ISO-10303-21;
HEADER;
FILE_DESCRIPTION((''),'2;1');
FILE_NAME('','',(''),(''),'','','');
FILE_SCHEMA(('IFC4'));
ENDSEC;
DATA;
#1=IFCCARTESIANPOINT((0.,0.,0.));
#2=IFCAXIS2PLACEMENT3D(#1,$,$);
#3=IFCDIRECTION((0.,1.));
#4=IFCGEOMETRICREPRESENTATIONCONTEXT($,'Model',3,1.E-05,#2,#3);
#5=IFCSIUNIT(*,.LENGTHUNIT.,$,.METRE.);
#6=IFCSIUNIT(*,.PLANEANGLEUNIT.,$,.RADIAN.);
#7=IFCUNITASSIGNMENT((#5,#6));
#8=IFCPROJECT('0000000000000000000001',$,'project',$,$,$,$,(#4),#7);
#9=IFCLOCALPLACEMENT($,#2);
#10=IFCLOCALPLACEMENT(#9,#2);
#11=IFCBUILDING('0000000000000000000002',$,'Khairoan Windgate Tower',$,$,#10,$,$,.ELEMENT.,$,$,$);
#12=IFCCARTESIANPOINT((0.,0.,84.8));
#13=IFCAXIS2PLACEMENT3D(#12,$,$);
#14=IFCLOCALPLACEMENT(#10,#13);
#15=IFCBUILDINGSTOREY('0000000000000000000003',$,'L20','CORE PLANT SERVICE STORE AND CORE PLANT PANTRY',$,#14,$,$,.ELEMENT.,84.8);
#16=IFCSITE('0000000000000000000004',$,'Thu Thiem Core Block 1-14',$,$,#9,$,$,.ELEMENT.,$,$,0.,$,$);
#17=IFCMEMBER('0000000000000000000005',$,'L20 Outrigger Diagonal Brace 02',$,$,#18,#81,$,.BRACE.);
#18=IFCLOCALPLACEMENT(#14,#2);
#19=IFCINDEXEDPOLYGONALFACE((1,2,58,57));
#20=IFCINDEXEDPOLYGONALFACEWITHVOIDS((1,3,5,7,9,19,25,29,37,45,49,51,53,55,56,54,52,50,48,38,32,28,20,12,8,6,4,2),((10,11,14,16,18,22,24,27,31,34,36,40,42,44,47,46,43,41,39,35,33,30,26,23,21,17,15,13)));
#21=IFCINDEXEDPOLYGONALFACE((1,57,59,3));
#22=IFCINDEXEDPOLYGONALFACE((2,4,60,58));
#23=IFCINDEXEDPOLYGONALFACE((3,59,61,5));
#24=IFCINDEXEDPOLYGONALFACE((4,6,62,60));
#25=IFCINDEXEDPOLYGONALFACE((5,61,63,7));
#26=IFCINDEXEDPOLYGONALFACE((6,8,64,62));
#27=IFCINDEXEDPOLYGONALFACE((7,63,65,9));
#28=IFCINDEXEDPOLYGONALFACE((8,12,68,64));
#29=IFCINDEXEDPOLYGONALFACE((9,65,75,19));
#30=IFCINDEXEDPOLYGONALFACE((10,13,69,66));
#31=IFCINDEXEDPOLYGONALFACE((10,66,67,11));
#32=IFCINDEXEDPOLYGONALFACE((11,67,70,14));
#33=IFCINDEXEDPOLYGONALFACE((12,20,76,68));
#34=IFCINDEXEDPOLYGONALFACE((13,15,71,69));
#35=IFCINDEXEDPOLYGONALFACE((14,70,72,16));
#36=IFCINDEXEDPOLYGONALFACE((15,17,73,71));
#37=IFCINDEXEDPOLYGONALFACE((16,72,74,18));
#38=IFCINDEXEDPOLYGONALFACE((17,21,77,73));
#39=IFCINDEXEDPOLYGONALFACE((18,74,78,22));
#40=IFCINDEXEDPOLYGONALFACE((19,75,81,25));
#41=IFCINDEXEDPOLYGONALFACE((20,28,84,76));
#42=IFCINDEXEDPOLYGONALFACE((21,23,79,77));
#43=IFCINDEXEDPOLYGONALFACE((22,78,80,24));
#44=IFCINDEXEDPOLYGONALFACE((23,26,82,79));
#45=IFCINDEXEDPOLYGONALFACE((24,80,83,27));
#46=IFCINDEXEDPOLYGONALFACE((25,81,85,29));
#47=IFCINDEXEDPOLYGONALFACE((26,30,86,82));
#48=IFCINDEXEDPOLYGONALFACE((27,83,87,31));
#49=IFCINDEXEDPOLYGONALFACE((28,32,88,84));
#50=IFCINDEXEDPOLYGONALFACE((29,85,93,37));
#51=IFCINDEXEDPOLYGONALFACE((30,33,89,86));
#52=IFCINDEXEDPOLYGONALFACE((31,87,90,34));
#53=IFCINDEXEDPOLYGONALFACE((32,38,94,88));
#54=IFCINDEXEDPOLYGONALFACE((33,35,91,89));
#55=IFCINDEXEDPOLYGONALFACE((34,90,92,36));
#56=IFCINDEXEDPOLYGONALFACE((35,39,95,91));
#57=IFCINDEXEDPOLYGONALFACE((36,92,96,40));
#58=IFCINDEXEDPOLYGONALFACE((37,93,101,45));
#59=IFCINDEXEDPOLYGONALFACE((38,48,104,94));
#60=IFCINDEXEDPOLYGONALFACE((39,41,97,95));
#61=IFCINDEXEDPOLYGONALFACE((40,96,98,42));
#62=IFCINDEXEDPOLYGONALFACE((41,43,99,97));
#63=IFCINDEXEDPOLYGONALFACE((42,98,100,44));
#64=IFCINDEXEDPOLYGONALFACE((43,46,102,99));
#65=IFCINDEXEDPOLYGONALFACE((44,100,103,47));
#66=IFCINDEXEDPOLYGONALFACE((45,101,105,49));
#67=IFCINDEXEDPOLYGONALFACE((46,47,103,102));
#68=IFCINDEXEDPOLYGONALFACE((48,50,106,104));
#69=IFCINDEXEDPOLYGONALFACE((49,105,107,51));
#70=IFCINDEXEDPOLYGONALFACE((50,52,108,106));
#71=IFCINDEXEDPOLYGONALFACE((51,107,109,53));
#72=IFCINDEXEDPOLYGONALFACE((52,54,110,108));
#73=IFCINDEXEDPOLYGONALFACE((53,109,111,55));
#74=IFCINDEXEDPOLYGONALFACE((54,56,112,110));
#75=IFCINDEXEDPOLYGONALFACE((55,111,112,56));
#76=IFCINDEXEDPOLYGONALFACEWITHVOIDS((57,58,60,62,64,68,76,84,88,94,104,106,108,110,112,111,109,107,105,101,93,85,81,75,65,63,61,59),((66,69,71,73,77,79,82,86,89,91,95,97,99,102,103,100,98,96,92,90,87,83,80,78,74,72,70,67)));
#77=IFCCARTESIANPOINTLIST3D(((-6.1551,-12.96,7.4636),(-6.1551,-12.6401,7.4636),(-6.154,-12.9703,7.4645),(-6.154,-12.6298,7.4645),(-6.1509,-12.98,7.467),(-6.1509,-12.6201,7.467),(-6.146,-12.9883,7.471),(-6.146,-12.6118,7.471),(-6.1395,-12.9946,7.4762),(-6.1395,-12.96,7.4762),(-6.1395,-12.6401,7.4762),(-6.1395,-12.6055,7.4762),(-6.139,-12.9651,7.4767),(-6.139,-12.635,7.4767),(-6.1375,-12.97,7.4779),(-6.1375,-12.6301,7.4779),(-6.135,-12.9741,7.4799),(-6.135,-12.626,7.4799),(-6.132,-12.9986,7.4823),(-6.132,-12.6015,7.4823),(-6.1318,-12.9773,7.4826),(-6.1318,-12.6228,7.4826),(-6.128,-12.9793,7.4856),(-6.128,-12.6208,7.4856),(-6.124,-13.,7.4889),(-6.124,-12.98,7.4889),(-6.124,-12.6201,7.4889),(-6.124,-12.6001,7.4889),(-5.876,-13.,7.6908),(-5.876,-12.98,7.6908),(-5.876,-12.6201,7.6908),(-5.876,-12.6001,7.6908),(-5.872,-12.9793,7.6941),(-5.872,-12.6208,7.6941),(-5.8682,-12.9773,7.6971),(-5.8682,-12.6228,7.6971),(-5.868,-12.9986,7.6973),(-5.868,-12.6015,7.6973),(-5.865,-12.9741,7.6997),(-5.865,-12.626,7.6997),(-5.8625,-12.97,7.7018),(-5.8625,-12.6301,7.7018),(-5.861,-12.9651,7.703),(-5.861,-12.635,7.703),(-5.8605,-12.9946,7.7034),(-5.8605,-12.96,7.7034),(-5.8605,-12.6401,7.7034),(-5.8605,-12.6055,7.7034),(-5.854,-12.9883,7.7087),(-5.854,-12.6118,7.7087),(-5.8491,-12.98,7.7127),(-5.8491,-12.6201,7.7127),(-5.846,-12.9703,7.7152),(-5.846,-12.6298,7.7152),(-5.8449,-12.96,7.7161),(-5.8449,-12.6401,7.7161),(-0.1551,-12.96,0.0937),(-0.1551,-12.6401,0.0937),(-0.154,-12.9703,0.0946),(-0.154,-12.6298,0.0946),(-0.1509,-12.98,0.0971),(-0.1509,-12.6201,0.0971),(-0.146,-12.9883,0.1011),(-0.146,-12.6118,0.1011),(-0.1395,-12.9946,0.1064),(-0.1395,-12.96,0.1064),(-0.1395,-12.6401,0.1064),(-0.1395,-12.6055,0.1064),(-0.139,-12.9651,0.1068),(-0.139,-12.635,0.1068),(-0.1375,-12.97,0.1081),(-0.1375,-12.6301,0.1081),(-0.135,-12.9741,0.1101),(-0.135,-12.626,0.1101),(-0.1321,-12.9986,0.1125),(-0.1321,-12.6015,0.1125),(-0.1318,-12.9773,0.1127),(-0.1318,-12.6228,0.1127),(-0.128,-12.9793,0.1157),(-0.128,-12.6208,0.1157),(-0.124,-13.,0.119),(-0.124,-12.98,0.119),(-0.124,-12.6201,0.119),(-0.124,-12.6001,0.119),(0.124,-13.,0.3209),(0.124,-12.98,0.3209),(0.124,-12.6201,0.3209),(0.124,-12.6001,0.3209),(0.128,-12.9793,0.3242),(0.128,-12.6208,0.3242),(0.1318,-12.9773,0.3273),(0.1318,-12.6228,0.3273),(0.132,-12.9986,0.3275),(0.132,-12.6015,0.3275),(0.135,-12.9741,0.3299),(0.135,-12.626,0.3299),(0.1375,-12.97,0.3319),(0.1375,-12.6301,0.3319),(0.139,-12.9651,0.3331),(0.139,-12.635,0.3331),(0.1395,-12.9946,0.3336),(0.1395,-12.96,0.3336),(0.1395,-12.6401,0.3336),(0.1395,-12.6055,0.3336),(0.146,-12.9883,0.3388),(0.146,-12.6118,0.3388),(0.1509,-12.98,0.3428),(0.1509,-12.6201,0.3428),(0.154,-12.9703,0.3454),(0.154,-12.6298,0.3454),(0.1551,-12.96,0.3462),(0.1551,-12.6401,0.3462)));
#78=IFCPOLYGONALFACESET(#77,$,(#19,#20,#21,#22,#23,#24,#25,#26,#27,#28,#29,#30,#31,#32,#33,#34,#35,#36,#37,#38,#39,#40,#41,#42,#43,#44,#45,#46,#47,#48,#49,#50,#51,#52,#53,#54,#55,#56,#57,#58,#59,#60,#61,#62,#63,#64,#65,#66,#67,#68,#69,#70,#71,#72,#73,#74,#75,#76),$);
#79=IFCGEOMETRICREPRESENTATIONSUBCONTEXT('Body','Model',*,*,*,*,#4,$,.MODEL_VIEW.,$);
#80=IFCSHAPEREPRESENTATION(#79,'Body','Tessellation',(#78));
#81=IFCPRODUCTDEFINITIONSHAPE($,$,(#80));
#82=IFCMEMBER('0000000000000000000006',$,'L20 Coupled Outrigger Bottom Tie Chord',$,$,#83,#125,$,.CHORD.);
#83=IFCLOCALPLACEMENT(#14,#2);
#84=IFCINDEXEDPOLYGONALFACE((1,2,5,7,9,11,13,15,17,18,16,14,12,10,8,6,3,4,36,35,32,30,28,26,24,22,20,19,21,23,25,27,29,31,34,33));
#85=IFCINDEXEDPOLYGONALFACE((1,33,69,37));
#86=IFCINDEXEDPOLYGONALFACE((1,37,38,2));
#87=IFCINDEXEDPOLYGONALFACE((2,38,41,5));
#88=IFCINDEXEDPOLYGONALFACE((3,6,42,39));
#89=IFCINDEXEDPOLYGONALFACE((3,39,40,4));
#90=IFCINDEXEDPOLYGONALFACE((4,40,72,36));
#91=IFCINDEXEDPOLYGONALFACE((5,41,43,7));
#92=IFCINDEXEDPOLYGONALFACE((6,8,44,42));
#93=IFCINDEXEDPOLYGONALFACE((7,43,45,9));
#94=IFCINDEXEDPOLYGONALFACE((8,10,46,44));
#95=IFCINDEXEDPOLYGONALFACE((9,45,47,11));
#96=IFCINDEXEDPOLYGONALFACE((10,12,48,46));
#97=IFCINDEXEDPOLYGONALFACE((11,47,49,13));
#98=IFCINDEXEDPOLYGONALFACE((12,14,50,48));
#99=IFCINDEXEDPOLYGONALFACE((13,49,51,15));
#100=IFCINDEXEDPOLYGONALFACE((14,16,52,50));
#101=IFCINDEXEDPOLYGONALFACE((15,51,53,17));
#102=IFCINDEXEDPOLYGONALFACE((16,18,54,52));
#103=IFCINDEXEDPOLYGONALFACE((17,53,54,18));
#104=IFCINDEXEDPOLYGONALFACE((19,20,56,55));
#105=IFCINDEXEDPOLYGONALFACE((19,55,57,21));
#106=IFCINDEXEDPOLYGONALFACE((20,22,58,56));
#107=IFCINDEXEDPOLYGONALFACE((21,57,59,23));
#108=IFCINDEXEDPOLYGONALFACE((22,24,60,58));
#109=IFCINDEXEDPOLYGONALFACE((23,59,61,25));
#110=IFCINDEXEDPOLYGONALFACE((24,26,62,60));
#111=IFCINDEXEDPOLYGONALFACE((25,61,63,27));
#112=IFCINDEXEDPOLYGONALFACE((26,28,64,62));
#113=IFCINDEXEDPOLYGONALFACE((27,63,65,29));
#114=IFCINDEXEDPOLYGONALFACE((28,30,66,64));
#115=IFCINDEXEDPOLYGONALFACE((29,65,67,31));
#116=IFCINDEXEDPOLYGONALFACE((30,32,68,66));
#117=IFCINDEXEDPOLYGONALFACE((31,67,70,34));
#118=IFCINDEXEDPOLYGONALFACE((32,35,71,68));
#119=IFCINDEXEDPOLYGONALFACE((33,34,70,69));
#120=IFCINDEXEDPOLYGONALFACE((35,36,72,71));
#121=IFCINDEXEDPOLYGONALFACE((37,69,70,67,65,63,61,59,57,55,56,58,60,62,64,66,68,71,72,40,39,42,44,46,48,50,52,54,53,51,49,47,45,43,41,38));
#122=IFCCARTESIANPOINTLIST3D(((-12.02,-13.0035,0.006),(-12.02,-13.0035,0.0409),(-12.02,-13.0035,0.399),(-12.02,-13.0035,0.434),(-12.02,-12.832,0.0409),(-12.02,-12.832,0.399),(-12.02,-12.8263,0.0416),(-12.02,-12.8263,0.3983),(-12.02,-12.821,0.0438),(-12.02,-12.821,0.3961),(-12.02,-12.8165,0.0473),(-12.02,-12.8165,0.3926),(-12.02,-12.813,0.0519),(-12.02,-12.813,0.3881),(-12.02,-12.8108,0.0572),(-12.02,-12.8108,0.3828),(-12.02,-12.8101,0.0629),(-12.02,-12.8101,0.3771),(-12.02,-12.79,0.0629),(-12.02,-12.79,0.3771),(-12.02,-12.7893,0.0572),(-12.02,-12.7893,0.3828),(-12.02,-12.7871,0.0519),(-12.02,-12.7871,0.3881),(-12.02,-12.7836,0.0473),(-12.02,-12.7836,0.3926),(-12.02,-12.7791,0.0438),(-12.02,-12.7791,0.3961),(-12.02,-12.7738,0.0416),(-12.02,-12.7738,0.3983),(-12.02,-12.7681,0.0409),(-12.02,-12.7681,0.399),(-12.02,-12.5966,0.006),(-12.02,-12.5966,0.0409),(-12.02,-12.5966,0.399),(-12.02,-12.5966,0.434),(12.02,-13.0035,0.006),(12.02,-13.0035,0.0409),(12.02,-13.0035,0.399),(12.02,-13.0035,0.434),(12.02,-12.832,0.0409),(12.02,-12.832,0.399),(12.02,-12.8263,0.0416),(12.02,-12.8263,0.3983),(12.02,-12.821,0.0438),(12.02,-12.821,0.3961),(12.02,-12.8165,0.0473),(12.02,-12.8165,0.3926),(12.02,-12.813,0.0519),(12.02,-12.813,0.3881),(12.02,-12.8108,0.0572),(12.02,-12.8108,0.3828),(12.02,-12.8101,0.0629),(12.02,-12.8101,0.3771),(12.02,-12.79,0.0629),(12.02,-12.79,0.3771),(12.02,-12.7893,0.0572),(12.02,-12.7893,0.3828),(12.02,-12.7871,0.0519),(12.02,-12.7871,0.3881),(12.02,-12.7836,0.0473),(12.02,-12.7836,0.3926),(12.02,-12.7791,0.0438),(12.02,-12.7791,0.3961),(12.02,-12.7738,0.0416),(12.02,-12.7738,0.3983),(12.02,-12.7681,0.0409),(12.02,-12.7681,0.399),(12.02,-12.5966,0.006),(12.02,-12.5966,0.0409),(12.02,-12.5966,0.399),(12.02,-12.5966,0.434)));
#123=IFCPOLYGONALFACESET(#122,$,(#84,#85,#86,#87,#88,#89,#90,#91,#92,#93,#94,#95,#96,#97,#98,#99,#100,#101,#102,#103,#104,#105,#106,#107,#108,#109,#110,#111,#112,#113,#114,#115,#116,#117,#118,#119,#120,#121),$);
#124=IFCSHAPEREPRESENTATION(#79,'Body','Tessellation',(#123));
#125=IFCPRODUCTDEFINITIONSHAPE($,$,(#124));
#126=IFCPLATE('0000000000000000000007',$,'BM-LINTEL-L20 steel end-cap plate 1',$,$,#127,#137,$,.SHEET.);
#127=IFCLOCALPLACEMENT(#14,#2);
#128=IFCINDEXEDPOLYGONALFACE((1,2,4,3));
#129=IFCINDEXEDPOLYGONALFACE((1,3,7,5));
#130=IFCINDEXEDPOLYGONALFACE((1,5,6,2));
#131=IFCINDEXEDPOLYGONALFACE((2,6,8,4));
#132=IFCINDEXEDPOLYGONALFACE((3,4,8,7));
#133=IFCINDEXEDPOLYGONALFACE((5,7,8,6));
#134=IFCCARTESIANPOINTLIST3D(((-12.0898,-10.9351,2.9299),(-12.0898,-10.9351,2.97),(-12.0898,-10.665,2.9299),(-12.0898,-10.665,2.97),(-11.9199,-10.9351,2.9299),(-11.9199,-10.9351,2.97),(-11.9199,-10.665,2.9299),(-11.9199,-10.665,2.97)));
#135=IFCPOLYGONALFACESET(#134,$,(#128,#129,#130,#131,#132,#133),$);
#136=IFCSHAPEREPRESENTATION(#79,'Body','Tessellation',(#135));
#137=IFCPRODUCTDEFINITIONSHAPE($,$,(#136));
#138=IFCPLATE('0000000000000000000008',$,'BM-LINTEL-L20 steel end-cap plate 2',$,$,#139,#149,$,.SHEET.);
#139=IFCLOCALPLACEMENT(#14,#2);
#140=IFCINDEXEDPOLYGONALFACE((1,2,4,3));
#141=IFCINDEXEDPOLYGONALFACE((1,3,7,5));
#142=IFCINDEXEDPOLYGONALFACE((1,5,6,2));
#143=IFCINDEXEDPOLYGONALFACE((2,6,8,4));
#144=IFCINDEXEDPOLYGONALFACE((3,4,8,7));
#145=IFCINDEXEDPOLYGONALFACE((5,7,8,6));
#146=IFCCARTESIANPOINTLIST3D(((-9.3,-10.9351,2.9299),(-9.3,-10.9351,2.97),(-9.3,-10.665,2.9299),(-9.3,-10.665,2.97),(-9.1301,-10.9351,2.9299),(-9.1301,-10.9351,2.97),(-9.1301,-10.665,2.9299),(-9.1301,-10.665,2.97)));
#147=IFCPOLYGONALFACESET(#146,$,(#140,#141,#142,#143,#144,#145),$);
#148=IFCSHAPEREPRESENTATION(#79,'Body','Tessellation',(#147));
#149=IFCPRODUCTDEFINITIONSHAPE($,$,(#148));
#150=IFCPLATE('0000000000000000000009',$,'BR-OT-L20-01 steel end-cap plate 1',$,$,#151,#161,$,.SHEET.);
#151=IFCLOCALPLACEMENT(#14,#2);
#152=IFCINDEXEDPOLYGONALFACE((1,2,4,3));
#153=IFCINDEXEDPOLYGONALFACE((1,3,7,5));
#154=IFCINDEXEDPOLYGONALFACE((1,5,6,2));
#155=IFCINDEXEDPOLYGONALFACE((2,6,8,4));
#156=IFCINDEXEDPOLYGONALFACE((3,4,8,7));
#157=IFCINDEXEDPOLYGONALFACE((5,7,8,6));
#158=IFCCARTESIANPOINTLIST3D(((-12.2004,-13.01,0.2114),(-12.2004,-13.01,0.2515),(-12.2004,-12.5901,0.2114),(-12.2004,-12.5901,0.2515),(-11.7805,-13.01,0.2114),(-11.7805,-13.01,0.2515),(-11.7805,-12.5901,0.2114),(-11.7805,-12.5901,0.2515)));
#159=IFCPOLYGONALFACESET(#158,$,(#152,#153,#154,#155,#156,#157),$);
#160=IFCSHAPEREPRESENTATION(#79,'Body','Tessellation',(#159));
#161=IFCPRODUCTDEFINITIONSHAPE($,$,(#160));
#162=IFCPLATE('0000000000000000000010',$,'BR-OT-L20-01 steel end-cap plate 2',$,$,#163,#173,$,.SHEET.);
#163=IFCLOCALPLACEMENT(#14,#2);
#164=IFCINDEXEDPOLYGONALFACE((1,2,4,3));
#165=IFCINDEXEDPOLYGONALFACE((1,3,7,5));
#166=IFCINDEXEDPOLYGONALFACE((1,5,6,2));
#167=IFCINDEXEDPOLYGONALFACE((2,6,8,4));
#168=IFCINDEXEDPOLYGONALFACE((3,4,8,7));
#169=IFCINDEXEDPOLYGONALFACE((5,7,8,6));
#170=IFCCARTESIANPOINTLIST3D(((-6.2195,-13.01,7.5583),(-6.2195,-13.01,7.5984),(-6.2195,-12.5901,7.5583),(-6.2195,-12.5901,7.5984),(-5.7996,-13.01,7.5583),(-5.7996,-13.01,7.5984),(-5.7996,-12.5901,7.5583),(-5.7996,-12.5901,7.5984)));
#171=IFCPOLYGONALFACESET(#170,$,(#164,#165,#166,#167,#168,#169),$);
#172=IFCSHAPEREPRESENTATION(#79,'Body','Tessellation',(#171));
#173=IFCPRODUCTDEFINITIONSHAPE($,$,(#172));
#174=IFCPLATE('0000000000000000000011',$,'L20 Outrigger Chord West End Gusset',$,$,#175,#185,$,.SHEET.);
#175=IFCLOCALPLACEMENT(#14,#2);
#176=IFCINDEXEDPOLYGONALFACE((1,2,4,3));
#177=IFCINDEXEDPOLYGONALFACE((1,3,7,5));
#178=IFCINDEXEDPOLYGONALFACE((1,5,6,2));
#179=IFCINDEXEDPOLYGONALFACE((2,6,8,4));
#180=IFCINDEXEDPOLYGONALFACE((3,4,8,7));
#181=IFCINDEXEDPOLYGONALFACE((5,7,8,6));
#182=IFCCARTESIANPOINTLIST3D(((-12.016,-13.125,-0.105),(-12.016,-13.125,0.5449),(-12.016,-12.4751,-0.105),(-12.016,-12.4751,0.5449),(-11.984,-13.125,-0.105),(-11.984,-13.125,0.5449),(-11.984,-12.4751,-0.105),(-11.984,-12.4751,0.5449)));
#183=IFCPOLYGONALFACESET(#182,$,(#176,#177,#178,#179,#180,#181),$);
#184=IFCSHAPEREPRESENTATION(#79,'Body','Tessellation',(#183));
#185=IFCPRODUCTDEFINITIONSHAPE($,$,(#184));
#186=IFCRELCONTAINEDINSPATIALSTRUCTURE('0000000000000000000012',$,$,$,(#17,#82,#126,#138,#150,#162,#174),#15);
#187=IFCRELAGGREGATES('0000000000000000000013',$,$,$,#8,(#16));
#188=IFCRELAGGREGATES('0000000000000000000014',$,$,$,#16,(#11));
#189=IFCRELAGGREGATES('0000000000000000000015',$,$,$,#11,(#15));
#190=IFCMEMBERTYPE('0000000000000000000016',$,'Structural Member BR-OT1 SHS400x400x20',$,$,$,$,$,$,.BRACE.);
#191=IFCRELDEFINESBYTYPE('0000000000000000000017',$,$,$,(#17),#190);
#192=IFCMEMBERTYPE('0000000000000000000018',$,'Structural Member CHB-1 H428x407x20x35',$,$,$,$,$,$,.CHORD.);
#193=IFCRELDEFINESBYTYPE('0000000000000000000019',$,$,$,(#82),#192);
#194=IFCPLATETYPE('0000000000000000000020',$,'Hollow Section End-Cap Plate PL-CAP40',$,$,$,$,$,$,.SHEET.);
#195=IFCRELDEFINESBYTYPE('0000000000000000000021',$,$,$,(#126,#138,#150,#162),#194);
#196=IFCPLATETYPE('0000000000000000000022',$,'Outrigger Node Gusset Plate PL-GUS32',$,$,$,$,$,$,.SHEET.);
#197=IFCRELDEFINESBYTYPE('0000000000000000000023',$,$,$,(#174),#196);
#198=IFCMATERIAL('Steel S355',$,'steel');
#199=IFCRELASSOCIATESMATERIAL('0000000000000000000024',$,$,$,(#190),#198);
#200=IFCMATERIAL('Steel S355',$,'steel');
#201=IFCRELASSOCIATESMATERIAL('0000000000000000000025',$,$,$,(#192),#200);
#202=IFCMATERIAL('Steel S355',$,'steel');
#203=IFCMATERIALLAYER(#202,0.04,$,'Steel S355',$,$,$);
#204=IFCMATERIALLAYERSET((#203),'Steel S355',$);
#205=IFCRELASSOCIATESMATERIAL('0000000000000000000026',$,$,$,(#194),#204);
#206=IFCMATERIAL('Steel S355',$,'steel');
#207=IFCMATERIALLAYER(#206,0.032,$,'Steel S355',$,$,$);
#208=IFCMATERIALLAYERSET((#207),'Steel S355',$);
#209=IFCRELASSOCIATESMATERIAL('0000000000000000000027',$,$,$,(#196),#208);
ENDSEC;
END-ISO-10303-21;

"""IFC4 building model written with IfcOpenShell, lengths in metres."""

from ifc_helpers import new_model, si_unit, direction, frame, origin, origin_2d, place, context, subcontext, project, spatial, rectangle, hollow_rectangle, i_section, extrude, material, layer, layer_set, material_profile, profile_set, type_object, element, save


model = new_model("IFC4")

# Units and contexts
model_context = context("Model", 3, precision=1e-05, world=origin(), true_north=direction((0.0, 1.0)))
body_context = subcontext(model_context, "Body", "Model", "MODEL_VIEW")
ifc_project = project(units=[si_unit("LENGTHUNIT", "METRE"), si_unit("PLANEANGLEUNIT", "RADIAN")], contexts=[model_context])

# Site, building, storey
site_placement = place(None, origin())
site = spatial("IfcSite", under=ifc_project, at=site_placement, Name="Thu Thiem Core Block 1-14", CompositionType="ELEMENT", RefElevation=0.0)
building_placement = place(site_placement, origin())
building = spatial("IfcBuilding", under=site, at=building_placement, Name="Khairoan Windgate Tower", CompositionType="ELEMENT")
storey_placement = place(building_placement, frame((0.0, 0.0, 84.8)))
storey = spatial("IfcBuildingStorey", under=building, at=storey_placement, Name="L20", Description="CORE PLANT SERVICE STORE AND CORE PLANT PANTRY", CompositionType="ELEMENT", Elevation=84.8)

# Members
ifc_material_1 = material(Name="Steel S355", Category="steel")
ifc_material_profile_1 = material_profile(ifc_material_1, hollow_rectangle(XDim=0.3999, YDim=0.3999, WallThickness=0.02, InnerFilletRadius=0.02, OuterFilletRadius=0.04, at=origin_2d()))
ifc_profile_set_1 = profile_set([ifc_material_profile_1], Name="Steel S355")
member_type_1 = type_object("IfcMemberType", Name="Structural Member BR-OT1 SHS400x400x20", PredefinedType="BRACE", material=ifc_profile_set_1)
for number, where, z_axis, x_axis, name in (
    (1, (-6.0, -12.8, 7.5898), (0.631352, 0.0, -0.775497), (0.0, 1.0, 0.0), "L20 Outrigger Diagonal Brace 02"),
):
    element("IfcMember", number, at=place(storey_placement, frame(where, z_axis=z_axis, x_axis=x_axis)), inside=storey, type_object=member_type_1, Name=name, PredefinedType="BRACE", context=body_context, shape_type="SweptSolid", body=[
        extrude(hollow_rectangle(XDim=0.3999, YDim=0.3999, WallThickness=0.02, InnerFilletRadius=0.02, OuterFilletRadius=0.04, at=origin_2d()), origin(), (0.0, 0.0, 1.0), 9.5034),
    ])
ifc_material_2 = material(Name="Steel S355", Category="steel")
ifc_material_profile_2 = material_profile(ifc_material_2, i_section(OverallWidth=0.407, OverallDepth=0.428, WebThickness=0.02, FlangeThickness=0.0349, FilletRadius=0.022, at=origin_2d()))
ifc_profile_set_2 = profile_set([ifc_material_profile_2], Name="Steel S355")
member_type_2 = type_object("IfcMemberType", Name="Structural Member CHB-1 H428x407x20x35", PredefinedType="CHORD", material=ifc_profile_set_2)
member_placement = place(storey_placement, frame((-12.02, -12.8, 0.22), z_axis=(1.0, 0.0, 0.0), x_axis=(0.0, 1.0, 0.0)))
element("IfcMember", 2, at=member_placement, inside=storey, type_object=member_type_2, Name="L20 Coupled Outrigger Bottom Tie Chord", PredefinedType="CHORD", context=body_context, shape_type="SweptSolid", body=[
    extrude(i_section(OverallWidth=0.407, OverallDepth=0.428, WebThickness=0.02, FlangeThickness=0.0349, FilletRadius=0.022, at=origin_2d()), origin(), (0.0, 0.0, 1.0), 24.04),
])

# Plates
ifc_material_3 = material(Name="Steel S355", Category="steel")
ifc_layer_1 = layer(ifc_material_3, 0.04, Name="Steel S355")
ifc_layer_set_1 = layer_set([ifc_layer_1], Name="Steel S355")
plate_type_1 = type_object("IfcPlateType", Name="Hollow Section End-Cap Plate PL-CAP40", PredefinedType="SHEET", material=ifc_layer_set_1)
for number, where, z_axis, x_axis, name in (
    (3, (-12.0049, -10.8, 2.9299), (0.0, 0.0, 1.0), (1.0, 0.0, 0.0), "BM-LINTEL-L20 steel end-cap plate 1"),
    (4, (-9.2151, -10.8, 2.9299), (0.0, 0.0, 1.0), (1.0, 0.0, 0.0), "BM-LINTEL-L20 steel end-cap plate 2"),
):
    element("IfcPlate", number, at=place(storey_placement, frame(where, z_axis=z_axis, x_axis=x_axis)), inside=storey, type_object=plate_type_1, Name=name, PredefinedType="SHEET", context=body_context, shape_type="SweptSolid", body=[
        extrude(rectangle(XDim=0.1699, YDim=0.27, at=origin_2d()), origin(), (0.0, 0.0, 1.0), 0.04),
    ])
for number, where, z_axis, x_axis, name in (
    (5, (-11.9905, -12.8, 0.2114), (0.0, 0.0, 1.0), (1.0, 0.0, 0.0), "BR-OT-L20-01 steel end-cap plate 1"),
    (6, (-6.0095, -12.8, 7.5583), (0.0, 0.0, 1.0), (1.0, 0.0, 0.0), "BR-OT-L20-01 steel end-cap plate 2"),
):
    element("IfcPlate", number, at=place(storey_placement, frame(where, z_axis=z_axis, x_axis=x_axis)), inside=storey, type_object=plate_type_1, Name=name, PredefinedType="SHEET", context=body_context, shape_type="SweptSolid", body=[
        extrude(rectangle(XDim=0.4199, YDim=0.4199, at=origin_2d()), origin(), (0.0, 0.0, 1.0), 0.04),
    ])
ifc_material_4 = material(Name="Steel S355", Category="steel")
ifc_layer_2 = layer(ifc_material_4, 0.032, Name="Steel S355")
ifc_layer_set_2 = layer_set([ifc_layer_2], Name="Steel S355")
plate_type_2 = type_object("IfcPlateType", Name="Outrigger Node Gusset Plate PL-GUS32", PredefinedType="SHEET", material=ifc_layer_set_2)
plate_placement = place(storey_placement, frame((-12.0, -12.8, -0.105), z_axis=(0.0, 0.0, 1.0), x_axis=(1.0, 0.0, 0.0)))
element("IfcPlate", 7, at=plate_placement, inside=storey, type_object=plate_type_2, Name="L20 Outrigger Chord West End Gusset", PredefinedType="SHEET", context=body_context, shape_type="SweptSolid", body=[
    extrude(rectangle(XDim=0.032, YDim=0.6499, at=origin_2d()), origin(), (0.0, 0.0, 1.0), 0.6499),
])

save(model, "model.ifc")
